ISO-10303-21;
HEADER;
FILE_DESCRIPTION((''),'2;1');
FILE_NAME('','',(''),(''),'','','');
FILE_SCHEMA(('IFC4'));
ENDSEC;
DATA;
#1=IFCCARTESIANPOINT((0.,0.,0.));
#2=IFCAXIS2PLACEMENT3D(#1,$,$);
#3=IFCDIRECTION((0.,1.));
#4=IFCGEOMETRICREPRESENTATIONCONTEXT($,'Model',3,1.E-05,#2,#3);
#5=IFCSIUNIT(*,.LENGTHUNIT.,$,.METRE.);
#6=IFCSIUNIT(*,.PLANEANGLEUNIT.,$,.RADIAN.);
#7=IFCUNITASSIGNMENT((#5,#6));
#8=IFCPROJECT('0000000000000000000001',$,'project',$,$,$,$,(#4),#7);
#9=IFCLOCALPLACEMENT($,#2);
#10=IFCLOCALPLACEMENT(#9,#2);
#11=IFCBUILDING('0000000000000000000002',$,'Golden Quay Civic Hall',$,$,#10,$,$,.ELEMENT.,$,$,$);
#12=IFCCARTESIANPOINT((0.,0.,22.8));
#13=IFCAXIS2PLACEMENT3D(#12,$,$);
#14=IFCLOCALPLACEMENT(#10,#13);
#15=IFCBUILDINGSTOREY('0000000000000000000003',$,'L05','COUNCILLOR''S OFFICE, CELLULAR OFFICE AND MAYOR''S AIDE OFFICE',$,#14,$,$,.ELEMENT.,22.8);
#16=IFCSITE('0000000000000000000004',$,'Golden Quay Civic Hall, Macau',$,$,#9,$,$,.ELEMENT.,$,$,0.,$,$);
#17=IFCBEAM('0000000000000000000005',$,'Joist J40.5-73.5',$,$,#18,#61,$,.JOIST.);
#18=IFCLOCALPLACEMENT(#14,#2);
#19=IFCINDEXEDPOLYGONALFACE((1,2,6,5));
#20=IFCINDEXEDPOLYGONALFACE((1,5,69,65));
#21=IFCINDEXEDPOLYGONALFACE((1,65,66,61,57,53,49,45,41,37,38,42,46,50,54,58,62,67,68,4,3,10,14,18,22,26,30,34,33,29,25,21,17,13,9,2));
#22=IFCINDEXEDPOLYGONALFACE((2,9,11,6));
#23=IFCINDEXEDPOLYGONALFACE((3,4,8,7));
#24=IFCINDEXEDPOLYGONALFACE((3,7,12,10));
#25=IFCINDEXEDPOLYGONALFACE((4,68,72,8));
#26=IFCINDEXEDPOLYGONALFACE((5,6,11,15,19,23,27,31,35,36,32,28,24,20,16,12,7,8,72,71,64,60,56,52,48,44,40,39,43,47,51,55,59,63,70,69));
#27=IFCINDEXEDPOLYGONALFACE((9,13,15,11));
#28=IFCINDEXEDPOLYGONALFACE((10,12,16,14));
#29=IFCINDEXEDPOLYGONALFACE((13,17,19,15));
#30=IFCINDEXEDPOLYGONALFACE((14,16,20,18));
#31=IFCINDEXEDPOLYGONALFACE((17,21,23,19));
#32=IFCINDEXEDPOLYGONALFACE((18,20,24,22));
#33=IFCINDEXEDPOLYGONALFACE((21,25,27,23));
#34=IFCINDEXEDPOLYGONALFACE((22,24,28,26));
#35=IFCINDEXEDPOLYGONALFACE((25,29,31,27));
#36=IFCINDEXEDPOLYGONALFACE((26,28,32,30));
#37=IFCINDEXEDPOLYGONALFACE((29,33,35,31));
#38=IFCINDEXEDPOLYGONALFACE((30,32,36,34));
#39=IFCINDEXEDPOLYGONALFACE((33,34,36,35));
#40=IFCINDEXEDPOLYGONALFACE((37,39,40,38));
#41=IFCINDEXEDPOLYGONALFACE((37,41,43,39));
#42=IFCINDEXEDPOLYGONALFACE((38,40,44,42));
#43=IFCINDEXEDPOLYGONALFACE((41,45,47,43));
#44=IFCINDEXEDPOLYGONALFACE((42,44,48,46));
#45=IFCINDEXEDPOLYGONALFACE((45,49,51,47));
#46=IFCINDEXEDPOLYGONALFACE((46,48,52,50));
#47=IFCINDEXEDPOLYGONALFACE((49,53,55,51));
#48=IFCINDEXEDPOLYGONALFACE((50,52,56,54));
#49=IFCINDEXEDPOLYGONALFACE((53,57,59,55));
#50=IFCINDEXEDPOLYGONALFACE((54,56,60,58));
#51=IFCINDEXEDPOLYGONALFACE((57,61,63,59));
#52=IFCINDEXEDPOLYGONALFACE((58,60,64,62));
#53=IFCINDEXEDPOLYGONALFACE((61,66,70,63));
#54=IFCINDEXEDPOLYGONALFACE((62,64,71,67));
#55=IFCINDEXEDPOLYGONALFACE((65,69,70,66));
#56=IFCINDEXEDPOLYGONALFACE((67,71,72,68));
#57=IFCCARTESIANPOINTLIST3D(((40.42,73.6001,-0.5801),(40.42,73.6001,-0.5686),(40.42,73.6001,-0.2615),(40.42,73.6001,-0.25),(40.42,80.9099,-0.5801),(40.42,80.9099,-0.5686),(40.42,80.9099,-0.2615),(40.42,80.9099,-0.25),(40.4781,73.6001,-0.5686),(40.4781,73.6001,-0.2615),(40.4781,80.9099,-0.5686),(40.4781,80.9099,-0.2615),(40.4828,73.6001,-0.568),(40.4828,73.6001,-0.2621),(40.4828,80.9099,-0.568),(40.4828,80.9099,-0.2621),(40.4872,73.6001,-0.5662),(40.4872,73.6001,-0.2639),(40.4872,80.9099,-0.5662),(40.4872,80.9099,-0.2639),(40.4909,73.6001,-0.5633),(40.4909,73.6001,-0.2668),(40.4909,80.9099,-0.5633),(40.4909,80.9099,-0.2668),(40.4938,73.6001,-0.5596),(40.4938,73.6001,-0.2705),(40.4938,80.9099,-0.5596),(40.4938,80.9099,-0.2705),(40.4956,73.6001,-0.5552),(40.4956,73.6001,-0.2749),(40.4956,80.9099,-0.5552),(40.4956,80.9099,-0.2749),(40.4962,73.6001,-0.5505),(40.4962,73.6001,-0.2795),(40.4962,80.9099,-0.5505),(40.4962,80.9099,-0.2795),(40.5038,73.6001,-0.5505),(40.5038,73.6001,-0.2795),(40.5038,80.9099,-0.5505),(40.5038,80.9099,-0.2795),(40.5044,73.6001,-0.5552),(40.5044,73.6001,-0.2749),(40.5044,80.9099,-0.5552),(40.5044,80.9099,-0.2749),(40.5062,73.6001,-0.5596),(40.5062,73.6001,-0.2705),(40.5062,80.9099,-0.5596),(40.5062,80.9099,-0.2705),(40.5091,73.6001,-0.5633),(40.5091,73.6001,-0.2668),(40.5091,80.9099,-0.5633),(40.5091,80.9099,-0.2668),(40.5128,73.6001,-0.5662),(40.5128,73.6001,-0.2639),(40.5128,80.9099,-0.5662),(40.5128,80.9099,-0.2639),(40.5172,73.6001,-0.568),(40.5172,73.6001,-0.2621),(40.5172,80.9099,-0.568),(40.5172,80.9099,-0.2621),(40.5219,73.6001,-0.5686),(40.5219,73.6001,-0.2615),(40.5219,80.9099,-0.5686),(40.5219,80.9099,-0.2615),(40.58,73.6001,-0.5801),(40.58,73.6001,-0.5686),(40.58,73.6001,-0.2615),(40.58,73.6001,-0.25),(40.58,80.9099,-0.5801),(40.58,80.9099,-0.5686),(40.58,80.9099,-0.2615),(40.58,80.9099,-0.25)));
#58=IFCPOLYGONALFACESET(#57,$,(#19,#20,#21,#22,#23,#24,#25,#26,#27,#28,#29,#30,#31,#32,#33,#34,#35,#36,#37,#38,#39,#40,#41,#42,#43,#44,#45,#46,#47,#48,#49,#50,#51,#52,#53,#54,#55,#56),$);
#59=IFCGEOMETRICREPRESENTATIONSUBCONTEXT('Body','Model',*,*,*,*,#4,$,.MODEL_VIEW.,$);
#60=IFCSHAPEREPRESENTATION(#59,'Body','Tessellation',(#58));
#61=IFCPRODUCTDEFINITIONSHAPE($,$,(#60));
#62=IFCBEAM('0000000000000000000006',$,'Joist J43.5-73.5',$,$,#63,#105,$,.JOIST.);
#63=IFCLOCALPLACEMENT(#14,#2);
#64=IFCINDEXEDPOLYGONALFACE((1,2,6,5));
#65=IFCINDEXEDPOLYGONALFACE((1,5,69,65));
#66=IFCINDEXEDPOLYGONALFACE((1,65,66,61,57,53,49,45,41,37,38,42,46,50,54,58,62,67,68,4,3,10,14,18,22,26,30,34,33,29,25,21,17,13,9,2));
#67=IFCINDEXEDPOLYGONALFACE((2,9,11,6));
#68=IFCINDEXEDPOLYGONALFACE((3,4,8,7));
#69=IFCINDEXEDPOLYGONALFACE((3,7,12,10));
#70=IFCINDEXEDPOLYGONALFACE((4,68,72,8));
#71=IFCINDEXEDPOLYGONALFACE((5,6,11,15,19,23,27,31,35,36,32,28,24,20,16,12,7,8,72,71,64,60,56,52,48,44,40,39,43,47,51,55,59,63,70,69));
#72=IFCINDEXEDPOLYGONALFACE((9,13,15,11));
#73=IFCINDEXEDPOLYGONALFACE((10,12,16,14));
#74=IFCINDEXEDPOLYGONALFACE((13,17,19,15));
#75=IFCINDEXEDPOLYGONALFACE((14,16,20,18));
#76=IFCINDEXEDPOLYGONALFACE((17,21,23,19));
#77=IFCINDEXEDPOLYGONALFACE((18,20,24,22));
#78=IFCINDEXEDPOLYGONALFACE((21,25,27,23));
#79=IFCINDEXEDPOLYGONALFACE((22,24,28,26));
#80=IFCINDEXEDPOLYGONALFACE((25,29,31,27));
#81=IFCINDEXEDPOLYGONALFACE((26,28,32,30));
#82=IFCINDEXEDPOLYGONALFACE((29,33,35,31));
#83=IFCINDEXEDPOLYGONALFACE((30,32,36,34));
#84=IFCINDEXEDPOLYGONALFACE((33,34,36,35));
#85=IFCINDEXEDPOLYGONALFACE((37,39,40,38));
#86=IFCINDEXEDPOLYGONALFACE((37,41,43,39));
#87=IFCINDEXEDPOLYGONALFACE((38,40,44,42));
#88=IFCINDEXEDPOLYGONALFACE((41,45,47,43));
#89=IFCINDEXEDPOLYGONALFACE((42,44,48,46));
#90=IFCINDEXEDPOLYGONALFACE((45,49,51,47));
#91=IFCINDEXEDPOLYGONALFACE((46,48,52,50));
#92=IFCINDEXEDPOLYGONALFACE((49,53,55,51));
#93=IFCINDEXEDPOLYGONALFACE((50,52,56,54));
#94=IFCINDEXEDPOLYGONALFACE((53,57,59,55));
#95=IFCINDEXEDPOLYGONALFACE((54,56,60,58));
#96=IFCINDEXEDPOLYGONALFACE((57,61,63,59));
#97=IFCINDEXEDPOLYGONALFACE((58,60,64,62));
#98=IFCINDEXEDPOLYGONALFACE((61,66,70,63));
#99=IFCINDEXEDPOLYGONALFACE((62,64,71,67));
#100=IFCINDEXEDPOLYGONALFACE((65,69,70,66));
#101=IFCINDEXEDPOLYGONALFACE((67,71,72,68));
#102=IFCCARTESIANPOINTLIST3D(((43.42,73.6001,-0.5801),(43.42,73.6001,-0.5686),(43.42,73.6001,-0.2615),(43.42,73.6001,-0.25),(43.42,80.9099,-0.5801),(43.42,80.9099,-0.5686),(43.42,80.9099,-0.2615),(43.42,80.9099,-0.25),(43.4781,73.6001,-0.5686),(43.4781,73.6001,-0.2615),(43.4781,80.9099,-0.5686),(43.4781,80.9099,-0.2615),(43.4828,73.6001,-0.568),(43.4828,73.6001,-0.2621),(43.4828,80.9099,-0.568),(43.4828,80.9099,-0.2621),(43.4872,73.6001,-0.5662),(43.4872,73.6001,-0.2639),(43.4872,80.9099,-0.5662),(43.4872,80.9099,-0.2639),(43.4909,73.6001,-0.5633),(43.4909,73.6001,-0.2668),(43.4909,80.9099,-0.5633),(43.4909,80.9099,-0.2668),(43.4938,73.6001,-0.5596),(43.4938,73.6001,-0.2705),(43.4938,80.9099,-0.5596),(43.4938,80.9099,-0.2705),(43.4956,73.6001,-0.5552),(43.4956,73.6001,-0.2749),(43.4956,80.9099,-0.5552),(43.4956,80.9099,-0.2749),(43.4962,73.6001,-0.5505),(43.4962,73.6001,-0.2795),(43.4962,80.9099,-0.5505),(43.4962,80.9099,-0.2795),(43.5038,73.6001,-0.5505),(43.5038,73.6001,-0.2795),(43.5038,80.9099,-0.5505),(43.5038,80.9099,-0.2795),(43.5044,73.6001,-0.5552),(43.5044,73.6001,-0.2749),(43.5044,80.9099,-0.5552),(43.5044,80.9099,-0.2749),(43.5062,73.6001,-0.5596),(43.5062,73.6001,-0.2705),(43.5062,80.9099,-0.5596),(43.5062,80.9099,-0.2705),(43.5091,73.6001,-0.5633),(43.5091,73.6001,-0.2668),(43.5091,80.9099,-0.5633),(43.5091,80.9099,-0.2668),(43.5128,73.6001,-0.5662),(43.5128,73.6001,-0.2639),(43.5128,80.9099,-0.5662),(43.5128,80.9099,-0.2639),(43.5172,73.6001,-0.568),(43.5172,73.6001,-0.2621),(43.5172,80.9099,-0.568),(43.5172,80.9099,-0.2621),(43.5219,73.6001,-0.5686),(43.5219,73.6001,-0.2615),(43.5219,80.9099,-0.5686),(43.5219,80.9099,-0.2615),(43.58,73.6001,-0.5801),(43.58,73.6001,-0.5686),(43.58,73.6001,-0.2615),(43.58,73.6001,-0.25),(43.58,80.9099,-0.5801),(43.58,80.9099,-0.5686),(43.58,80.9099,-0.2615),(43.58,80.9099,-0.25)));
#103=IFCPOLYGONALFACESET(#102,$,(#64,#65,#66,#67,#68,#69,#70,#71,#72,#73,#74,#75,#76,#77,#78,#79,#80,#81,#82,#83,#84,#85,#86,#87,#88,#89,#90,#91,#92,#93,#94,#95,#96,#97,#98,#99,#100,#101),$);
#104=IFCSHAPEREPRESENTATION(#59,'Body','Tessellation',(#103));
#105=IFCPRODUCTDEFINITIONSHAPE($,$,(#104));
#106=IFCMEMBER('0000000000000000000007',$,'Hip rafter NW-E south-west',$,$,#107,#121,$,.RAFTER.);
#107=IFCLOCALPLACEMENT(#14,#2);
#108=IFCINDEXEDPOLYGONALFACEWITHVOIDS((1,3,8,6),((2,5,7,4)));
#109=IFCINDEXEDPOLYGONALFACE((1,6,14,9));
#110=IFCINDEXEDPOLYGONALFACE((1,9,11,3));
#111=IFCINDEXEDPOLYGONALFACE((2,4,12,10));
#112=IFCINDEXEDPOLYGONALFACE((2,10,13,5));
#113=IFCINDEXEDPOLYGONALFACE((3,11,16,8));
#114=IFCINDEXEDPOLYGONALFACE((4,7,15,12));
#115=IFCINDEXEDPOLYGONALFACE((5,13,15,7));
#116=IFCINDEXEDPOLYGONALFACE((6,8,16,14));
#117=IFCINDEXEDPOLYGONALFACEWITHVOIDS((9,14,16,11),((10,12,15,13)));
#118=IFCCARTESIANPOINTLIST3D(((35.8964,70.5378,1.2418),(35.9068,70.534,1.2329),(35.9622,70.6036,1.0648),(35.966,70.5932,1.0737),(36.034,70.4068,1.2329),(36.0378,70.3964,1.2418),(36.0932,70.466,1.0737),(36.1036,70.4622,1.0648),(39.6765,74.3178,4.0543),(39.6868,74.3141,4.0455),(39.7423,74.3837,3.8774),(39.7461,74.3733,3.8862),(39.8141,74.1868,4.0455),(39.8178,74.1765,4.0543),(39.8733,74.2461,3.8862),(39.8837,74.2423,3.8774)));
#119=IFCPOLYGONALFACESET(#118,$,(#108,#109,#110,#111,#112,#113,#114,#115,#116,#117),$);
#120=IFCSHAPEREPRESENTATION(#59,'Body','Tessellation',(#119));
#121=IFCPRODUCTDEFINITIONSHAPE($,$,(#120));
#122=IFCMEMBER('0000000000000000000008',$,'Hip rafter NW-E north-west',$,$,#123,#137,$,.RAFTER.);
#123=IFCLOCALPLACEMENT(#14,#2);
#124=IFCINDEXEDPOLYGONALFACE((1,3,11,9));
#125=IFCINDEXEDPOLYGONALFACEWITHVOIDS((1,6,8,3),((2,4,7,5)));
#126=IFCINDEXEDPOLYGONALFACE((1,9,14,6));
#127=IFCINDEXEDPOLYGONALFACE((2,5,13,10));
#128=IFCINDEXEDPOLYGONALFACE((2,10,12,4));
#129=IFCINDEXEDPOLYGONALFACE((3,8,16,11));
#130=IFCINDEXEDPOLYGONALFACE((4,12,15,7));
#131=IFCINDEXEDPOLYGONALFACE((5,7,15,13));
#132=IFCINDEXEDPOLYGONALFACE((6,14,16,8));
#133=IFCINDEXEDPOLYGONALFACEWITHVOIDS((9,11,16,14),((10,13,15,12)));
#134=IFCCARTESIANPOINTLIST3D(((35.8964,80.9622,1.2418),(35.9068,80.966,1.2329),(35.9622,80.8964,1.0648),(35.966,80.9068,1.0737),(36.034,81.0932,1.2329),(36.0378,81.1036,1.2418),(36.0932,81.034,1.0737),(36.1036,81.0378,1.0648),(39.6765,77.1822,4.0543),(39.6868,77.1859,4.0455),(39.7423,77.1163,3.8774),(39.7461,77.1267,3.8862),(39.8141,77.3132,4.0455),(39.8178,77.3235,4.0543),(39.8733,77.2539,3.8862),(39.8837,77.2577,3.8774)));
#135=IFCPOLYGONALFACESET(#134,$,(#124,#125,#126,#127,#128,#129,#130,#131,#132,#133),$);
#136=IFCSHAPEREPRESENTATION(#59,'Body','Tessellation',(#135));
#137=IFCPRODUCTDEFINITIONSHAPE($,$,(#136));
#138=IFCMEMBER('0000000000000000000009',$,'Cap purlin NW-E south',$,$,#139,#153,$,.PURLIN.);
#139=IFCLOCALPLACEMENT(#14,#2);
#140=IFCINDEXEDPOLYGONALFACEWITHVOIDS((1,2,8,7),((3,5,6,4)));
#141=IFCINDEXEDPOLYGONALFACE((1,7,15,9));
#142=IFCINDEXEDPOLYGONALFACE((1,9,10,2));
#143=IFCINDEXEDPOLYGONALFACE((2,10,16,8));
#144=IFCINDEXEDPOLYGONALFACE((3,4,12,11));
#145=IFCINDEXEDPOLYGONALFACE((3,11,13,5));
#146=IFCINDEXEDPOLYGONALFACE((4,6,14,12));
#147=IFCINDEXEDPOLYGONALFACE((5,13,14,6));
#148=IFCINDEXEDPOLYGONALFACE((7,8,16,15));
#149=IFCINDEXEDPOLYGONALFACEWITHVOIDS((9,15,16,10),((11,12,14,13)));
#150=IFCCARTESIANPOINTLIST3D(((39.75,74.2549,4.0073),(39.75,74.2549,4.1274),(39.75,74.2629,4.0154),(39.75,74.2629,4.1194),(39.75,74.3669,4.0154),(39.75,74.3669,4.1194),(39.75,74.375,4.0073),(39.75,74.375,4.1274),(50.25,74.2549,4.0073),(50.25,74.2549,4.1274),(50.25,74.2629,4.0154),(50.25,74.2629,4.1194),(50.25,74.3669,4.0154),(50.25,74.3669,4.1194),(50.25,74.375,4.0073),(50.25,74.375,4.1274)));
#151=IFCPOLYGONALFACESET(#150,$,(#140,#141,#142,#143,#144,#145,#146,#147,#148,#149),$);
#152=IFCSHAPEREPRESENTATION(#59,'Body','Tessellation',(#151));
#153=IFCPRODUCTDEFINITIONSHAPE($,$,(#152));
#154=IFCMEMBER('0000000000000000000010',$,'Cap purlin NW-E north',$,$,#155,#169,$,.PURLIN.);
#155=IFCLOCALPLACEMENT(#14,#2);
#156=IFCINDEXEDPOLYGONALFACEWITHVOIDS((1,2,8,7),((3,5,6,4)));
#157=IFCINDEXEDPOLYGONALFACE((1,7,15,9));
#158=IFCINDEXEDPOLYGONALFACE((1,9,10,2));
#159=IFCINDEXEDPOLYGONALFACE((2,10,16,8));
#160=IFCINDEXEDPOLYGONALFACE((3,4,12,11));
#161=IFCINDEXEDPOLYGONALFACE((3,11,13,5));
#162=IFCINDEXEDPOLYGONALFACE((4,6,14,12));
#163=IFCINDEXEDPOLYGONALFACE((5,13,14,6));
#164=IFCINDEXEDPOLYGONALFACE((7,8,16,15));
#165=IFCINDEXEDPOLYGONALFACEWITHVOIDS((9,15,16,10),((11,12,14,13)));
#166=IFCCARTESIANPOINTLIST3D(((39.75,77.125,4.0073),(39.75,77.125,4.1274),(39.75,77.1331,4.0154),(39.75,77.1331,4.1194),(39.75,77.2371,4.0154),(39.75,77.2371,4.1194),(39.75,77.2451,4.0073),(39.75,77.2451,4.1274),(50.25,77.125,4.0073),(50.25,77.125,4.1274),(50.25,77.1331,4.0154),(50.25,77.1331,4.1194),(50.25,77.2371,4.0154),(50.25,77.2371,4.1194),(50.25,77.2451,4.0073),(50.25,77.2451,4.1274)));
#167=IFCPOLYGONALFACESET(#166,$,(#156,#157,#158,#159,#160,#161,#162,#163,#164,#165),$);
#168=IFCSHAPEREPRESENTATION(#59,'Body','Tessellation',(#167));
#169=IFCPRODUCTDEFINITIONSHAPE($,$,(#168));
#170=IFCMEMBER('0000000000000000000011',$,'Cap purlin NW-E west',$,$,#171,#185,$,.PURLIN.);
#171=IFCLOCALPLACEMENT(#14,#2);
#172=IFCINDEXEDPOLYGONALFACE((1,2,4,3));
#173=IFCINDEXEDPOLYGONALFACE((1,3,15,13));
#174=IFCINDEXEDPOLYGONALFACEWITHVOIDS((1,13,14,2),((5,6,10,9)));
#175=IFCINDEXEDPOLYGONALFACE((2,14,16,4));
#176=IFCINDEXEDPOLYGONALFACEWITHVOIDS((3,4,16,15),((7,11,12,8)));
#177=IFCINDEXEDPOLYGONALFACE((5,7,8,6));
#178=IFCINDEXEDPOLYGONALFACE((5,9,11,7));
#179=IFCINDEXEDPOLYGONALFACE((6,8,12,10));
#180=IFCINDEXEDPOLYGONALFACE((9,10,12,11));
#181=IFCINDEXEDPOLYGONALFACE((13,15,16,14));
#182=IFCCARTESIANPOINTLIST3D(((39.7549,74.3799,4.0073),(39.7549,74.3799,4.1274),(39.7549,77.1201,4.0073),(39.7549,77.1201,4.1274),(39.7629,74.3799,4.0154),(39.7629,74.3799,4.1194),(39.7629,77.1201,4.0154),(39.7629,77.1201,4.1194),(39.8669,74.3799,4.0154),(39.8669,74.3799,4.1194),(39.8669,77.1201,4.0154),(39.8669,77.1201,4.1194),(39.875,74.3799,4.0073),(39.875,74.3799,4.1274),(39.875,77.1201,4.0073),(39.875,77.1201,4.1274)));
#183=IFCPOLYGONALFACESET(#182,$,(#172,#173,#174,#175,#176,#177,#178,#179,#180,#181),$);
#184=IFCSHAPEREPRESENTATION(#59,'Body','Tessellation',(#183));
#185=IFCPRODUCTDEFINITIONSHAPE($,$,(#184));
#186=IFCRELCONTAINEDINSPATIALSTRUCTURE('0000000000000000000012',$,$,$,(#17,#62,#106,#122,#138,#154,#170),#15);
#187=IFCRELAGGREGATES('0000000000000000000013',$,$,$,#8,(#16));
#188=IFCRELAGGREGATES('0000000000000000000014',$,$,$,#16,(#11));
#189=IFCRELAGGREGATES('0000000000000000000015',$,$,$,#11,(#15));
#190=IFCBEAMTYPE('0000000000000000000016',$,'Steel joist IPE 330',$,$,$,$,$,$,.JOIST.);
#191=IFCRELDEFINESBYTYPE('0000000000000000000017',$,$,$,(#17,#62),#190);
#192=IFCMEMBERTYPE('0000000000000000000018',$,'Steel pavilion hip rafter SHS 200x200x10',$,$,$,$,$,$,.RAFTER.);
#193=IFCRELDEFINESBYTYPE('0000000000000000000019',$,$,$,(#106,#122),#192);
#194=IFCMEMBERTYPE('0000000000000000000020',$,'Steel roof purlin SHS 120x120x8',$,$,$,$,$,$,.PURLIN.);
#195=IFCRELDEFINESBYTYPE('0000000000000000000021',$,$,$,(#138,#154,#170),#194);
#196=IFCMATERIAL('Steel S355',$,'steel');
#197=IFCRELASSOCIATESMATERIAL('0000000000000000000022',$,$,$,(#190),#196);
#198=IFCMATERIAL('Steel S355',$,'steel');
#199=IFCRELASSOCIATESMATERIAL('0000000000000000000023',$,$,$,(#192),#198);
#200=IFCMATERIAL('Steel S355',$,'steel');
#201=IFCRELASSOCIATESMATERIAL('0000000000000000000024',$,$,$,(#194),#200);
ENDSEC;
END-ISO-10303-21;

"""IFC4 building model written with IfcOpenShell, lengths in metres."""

from ifc_helpers import new_model, si_unit, direction, frame, origin, origin_2d, place, context, subcontext, project, spatial, hollow_rectangle, i_section, extrude, material, material_profile, profile_set, type_object, element, save


model = new_model("IFC4")

# Units and contexts
model_context = context("Model", 3, precision=1e-05, world=origin(), true_north=direction((0.0, 1.0)))
body_context = subcontext(model_context, "Body", "Model", "MODEL_VIEW")
ifc_project = project(units=[si_unit("LENGTHUNIT", "METRE"), si_unit("PLANEANGLEUNIT", "RADIAN")], contexts=[model_context])

# Site, building, storey
site_placement = place(None, origin())
site = spatial("IfcSite", under=ifc_project, at=site_placement, Name="Golden Quay Civic Hall, Macau", CompositionType="ELEMENT", RefElevation=0.0)
building_placement = place(site_placement, origin())
building = spatial("IfcBuilding", under=site, at=building_placement, Name="Golden Quay Civic Hall", CompositionType="ELEMENT")
storey_placement = place(building_placement, frame((0.0, 0.0, 22.8)))
storey = spatial("IfcBuildingStorey", under=building, at=storey_placement, Name="L05", Description="COUNCILLOR'S OFFICE, CELLULAR OFFICE AND MAYOR'S AIDE OFFICE", CompositionType="ELEMENT", Elevation=22.8)

# Beams
ifc_material_1 = material(Name="Steel S355", Category="steel")
ifc_material_profile_1 = material_profile(ifc_material_1, i_section(OverallWidth=0.1599, OverallDepth=0.3301, WebThickness=0.0076, FlangeThickness=0.0115, FilletRadius=0.0181, at=origin_2d()), Name="IPE 330")
ifc_profile_set_1 = profile_set([ifc_material_profile_1], Name="Steel S355")
beam_type_1 = type_object("IfcBeamType", Name="Steel joist IPE 330", PredefinedType="JOIST", material=ifc_profile_set_1)
for number, where, z_axis, x_axis, name in (
    (1, (40.5, 73.6001, -0.415), (0.0, 1.0, 0.0), (-1.0, 0.0, 0.0), "Joist J40.5-73.5"),
    (2, (43.5, 73.6001, -0.415), (0.0, 1.0, 0.0), (-1.0, 0.0, 0.0), "Joist J43.5-73.5"),
):
    element("IfcBeam", number, at=place(storey_placement, frame(where, z_axis=z_axis, x_axis=x_axis)), inside=storey, type_object=beam_type_1, Name=name, PredefinedType="JOIST", context=body_context, shape_type="SweptSolid", body=[
        extrude(i_section(OverallWidth=0.1599, OverallDepth=0.3301, WebThickness=0.0076, FlangeThickness=0.0115, FilletRadius=0.0181, at=origin_2d()), origin(), (0.0, 0.0, 1.0), 7.3098),
    ])

# Members
ifc_material_2 = material(Name="Steel S355", Category="steel")
ifc_material_profile_2 = material_profile(ifc_material_2, hollow_rectangle(XDim=0.2, YDim=0.2, WallThickness=0.01, at=origin_2d()), Name="SHS 200x200x10")
ifc_profile_set_2 = profile_set([ifc_material_profile_2], Name="Steel S355")
member_type_1 = type_object("IfcMemberType", Name="Steel pavilion hip rafter SHS 200x200x10", PredefinedType="RAFTER", material=ifc_profile_set_2)
for number, where, z_axis, x_axis, name in (
    (3, (36.0, 70.5, 1.1533), (0.625783, 0.625783, 0.465609), (-0.707107, 0.707107, 0.0), "Hip rafter NW-E south-west"),
    (4, (36.0, 81.0, 1.1533), (0.625783, -0.625783, 0.465609), (0.707107, 0.707107, 0.0), "Hip rafter NW-E north-west"),
):
    element("IfcMember", number, at=place(storey_placement, frame(where, z_axis=z_axis, x_axis=x_axis)), inside=storey, type_object=member_type_1, Name=name, PredefinedType="RAFTER", context=body_context, shape_type="SweptSolid", body=[
        extrude(hollow_rectangle(XDim=0.2, YDim=0.2, WallThickness=0.01, at=origin_2d()), origin(), (0.0, 0.0, 1.0), 6.0405),
    ])
ifc_material_3 = material(Name="Steel S355", Category="steel")
ifc_material_profile_3 = material_profile(ifc_material_3, hollow_rectangle(XDim=0.1201, YDim=0.1201, WallThickness=0.0081, at=origin_2d()), Name="SHS 120x120x8")
ifc_profile_set_3 = profile_set([ifc_material_profile_3], Name="Steel S355")
member_type_2 = type_object("IfcMemberType", Name="Steel roof purlin SHS 120x120x8", PredefinedType="PURLIN", material=ifc_profile_set_3)
for number, where, z_axis, x_axis, name in (
    (5, (39.75, 74.3149, 4.0674), (1.0, 0.0, 0.0), (0.0, 1.0, 0.0), "Cap purlin NW-E south"),
    (6, (39.75, 77.1851, 4.0674), (1.0, 0.0, 0.0), (0.0, 1.0, 0.0), "Cap purlin NW-E north"),
):
    element("IfcMember", number, at=place(storey_placement, frame(where, z_axis=z_axis, x_axis=x_axis)), inside=storey, type_object=member_type_2, Name=name, PredefinedType="PURLIN", context=body_context, shape_type="SweptSolid", body=[
        extrude(hollow_rectangle(XDim=0.1201, YDim=0.1201, WallThickness=0.0081, at=origin_2d()), origin(), (0.0, 0.0, 1.0), 10.5),
    ])
member_1_placement = place(storey_placement, frame((39.8149, 74.3799, 4.0674), z_axis=(0.0, 1.0, 0.0), x_axis=(-1.0, 0.0, 0.0)))
element("IfcMember", 7, at=member_1_placement, inside=storey, type_object=member_type_2, Name="Cap purlin NW-E west", PredefinedType="PURLIN", context=body_context, shape_type="SweptSolid", body=[
    extrude(hollow_rectangle(XDim=0.1201, YDim=0.1201, WallThickness=0.0081, at=origin_2d()), origin(), (0.0, 0.0, 1.0), 2.7402),
])

save(model, "model.ifc")
